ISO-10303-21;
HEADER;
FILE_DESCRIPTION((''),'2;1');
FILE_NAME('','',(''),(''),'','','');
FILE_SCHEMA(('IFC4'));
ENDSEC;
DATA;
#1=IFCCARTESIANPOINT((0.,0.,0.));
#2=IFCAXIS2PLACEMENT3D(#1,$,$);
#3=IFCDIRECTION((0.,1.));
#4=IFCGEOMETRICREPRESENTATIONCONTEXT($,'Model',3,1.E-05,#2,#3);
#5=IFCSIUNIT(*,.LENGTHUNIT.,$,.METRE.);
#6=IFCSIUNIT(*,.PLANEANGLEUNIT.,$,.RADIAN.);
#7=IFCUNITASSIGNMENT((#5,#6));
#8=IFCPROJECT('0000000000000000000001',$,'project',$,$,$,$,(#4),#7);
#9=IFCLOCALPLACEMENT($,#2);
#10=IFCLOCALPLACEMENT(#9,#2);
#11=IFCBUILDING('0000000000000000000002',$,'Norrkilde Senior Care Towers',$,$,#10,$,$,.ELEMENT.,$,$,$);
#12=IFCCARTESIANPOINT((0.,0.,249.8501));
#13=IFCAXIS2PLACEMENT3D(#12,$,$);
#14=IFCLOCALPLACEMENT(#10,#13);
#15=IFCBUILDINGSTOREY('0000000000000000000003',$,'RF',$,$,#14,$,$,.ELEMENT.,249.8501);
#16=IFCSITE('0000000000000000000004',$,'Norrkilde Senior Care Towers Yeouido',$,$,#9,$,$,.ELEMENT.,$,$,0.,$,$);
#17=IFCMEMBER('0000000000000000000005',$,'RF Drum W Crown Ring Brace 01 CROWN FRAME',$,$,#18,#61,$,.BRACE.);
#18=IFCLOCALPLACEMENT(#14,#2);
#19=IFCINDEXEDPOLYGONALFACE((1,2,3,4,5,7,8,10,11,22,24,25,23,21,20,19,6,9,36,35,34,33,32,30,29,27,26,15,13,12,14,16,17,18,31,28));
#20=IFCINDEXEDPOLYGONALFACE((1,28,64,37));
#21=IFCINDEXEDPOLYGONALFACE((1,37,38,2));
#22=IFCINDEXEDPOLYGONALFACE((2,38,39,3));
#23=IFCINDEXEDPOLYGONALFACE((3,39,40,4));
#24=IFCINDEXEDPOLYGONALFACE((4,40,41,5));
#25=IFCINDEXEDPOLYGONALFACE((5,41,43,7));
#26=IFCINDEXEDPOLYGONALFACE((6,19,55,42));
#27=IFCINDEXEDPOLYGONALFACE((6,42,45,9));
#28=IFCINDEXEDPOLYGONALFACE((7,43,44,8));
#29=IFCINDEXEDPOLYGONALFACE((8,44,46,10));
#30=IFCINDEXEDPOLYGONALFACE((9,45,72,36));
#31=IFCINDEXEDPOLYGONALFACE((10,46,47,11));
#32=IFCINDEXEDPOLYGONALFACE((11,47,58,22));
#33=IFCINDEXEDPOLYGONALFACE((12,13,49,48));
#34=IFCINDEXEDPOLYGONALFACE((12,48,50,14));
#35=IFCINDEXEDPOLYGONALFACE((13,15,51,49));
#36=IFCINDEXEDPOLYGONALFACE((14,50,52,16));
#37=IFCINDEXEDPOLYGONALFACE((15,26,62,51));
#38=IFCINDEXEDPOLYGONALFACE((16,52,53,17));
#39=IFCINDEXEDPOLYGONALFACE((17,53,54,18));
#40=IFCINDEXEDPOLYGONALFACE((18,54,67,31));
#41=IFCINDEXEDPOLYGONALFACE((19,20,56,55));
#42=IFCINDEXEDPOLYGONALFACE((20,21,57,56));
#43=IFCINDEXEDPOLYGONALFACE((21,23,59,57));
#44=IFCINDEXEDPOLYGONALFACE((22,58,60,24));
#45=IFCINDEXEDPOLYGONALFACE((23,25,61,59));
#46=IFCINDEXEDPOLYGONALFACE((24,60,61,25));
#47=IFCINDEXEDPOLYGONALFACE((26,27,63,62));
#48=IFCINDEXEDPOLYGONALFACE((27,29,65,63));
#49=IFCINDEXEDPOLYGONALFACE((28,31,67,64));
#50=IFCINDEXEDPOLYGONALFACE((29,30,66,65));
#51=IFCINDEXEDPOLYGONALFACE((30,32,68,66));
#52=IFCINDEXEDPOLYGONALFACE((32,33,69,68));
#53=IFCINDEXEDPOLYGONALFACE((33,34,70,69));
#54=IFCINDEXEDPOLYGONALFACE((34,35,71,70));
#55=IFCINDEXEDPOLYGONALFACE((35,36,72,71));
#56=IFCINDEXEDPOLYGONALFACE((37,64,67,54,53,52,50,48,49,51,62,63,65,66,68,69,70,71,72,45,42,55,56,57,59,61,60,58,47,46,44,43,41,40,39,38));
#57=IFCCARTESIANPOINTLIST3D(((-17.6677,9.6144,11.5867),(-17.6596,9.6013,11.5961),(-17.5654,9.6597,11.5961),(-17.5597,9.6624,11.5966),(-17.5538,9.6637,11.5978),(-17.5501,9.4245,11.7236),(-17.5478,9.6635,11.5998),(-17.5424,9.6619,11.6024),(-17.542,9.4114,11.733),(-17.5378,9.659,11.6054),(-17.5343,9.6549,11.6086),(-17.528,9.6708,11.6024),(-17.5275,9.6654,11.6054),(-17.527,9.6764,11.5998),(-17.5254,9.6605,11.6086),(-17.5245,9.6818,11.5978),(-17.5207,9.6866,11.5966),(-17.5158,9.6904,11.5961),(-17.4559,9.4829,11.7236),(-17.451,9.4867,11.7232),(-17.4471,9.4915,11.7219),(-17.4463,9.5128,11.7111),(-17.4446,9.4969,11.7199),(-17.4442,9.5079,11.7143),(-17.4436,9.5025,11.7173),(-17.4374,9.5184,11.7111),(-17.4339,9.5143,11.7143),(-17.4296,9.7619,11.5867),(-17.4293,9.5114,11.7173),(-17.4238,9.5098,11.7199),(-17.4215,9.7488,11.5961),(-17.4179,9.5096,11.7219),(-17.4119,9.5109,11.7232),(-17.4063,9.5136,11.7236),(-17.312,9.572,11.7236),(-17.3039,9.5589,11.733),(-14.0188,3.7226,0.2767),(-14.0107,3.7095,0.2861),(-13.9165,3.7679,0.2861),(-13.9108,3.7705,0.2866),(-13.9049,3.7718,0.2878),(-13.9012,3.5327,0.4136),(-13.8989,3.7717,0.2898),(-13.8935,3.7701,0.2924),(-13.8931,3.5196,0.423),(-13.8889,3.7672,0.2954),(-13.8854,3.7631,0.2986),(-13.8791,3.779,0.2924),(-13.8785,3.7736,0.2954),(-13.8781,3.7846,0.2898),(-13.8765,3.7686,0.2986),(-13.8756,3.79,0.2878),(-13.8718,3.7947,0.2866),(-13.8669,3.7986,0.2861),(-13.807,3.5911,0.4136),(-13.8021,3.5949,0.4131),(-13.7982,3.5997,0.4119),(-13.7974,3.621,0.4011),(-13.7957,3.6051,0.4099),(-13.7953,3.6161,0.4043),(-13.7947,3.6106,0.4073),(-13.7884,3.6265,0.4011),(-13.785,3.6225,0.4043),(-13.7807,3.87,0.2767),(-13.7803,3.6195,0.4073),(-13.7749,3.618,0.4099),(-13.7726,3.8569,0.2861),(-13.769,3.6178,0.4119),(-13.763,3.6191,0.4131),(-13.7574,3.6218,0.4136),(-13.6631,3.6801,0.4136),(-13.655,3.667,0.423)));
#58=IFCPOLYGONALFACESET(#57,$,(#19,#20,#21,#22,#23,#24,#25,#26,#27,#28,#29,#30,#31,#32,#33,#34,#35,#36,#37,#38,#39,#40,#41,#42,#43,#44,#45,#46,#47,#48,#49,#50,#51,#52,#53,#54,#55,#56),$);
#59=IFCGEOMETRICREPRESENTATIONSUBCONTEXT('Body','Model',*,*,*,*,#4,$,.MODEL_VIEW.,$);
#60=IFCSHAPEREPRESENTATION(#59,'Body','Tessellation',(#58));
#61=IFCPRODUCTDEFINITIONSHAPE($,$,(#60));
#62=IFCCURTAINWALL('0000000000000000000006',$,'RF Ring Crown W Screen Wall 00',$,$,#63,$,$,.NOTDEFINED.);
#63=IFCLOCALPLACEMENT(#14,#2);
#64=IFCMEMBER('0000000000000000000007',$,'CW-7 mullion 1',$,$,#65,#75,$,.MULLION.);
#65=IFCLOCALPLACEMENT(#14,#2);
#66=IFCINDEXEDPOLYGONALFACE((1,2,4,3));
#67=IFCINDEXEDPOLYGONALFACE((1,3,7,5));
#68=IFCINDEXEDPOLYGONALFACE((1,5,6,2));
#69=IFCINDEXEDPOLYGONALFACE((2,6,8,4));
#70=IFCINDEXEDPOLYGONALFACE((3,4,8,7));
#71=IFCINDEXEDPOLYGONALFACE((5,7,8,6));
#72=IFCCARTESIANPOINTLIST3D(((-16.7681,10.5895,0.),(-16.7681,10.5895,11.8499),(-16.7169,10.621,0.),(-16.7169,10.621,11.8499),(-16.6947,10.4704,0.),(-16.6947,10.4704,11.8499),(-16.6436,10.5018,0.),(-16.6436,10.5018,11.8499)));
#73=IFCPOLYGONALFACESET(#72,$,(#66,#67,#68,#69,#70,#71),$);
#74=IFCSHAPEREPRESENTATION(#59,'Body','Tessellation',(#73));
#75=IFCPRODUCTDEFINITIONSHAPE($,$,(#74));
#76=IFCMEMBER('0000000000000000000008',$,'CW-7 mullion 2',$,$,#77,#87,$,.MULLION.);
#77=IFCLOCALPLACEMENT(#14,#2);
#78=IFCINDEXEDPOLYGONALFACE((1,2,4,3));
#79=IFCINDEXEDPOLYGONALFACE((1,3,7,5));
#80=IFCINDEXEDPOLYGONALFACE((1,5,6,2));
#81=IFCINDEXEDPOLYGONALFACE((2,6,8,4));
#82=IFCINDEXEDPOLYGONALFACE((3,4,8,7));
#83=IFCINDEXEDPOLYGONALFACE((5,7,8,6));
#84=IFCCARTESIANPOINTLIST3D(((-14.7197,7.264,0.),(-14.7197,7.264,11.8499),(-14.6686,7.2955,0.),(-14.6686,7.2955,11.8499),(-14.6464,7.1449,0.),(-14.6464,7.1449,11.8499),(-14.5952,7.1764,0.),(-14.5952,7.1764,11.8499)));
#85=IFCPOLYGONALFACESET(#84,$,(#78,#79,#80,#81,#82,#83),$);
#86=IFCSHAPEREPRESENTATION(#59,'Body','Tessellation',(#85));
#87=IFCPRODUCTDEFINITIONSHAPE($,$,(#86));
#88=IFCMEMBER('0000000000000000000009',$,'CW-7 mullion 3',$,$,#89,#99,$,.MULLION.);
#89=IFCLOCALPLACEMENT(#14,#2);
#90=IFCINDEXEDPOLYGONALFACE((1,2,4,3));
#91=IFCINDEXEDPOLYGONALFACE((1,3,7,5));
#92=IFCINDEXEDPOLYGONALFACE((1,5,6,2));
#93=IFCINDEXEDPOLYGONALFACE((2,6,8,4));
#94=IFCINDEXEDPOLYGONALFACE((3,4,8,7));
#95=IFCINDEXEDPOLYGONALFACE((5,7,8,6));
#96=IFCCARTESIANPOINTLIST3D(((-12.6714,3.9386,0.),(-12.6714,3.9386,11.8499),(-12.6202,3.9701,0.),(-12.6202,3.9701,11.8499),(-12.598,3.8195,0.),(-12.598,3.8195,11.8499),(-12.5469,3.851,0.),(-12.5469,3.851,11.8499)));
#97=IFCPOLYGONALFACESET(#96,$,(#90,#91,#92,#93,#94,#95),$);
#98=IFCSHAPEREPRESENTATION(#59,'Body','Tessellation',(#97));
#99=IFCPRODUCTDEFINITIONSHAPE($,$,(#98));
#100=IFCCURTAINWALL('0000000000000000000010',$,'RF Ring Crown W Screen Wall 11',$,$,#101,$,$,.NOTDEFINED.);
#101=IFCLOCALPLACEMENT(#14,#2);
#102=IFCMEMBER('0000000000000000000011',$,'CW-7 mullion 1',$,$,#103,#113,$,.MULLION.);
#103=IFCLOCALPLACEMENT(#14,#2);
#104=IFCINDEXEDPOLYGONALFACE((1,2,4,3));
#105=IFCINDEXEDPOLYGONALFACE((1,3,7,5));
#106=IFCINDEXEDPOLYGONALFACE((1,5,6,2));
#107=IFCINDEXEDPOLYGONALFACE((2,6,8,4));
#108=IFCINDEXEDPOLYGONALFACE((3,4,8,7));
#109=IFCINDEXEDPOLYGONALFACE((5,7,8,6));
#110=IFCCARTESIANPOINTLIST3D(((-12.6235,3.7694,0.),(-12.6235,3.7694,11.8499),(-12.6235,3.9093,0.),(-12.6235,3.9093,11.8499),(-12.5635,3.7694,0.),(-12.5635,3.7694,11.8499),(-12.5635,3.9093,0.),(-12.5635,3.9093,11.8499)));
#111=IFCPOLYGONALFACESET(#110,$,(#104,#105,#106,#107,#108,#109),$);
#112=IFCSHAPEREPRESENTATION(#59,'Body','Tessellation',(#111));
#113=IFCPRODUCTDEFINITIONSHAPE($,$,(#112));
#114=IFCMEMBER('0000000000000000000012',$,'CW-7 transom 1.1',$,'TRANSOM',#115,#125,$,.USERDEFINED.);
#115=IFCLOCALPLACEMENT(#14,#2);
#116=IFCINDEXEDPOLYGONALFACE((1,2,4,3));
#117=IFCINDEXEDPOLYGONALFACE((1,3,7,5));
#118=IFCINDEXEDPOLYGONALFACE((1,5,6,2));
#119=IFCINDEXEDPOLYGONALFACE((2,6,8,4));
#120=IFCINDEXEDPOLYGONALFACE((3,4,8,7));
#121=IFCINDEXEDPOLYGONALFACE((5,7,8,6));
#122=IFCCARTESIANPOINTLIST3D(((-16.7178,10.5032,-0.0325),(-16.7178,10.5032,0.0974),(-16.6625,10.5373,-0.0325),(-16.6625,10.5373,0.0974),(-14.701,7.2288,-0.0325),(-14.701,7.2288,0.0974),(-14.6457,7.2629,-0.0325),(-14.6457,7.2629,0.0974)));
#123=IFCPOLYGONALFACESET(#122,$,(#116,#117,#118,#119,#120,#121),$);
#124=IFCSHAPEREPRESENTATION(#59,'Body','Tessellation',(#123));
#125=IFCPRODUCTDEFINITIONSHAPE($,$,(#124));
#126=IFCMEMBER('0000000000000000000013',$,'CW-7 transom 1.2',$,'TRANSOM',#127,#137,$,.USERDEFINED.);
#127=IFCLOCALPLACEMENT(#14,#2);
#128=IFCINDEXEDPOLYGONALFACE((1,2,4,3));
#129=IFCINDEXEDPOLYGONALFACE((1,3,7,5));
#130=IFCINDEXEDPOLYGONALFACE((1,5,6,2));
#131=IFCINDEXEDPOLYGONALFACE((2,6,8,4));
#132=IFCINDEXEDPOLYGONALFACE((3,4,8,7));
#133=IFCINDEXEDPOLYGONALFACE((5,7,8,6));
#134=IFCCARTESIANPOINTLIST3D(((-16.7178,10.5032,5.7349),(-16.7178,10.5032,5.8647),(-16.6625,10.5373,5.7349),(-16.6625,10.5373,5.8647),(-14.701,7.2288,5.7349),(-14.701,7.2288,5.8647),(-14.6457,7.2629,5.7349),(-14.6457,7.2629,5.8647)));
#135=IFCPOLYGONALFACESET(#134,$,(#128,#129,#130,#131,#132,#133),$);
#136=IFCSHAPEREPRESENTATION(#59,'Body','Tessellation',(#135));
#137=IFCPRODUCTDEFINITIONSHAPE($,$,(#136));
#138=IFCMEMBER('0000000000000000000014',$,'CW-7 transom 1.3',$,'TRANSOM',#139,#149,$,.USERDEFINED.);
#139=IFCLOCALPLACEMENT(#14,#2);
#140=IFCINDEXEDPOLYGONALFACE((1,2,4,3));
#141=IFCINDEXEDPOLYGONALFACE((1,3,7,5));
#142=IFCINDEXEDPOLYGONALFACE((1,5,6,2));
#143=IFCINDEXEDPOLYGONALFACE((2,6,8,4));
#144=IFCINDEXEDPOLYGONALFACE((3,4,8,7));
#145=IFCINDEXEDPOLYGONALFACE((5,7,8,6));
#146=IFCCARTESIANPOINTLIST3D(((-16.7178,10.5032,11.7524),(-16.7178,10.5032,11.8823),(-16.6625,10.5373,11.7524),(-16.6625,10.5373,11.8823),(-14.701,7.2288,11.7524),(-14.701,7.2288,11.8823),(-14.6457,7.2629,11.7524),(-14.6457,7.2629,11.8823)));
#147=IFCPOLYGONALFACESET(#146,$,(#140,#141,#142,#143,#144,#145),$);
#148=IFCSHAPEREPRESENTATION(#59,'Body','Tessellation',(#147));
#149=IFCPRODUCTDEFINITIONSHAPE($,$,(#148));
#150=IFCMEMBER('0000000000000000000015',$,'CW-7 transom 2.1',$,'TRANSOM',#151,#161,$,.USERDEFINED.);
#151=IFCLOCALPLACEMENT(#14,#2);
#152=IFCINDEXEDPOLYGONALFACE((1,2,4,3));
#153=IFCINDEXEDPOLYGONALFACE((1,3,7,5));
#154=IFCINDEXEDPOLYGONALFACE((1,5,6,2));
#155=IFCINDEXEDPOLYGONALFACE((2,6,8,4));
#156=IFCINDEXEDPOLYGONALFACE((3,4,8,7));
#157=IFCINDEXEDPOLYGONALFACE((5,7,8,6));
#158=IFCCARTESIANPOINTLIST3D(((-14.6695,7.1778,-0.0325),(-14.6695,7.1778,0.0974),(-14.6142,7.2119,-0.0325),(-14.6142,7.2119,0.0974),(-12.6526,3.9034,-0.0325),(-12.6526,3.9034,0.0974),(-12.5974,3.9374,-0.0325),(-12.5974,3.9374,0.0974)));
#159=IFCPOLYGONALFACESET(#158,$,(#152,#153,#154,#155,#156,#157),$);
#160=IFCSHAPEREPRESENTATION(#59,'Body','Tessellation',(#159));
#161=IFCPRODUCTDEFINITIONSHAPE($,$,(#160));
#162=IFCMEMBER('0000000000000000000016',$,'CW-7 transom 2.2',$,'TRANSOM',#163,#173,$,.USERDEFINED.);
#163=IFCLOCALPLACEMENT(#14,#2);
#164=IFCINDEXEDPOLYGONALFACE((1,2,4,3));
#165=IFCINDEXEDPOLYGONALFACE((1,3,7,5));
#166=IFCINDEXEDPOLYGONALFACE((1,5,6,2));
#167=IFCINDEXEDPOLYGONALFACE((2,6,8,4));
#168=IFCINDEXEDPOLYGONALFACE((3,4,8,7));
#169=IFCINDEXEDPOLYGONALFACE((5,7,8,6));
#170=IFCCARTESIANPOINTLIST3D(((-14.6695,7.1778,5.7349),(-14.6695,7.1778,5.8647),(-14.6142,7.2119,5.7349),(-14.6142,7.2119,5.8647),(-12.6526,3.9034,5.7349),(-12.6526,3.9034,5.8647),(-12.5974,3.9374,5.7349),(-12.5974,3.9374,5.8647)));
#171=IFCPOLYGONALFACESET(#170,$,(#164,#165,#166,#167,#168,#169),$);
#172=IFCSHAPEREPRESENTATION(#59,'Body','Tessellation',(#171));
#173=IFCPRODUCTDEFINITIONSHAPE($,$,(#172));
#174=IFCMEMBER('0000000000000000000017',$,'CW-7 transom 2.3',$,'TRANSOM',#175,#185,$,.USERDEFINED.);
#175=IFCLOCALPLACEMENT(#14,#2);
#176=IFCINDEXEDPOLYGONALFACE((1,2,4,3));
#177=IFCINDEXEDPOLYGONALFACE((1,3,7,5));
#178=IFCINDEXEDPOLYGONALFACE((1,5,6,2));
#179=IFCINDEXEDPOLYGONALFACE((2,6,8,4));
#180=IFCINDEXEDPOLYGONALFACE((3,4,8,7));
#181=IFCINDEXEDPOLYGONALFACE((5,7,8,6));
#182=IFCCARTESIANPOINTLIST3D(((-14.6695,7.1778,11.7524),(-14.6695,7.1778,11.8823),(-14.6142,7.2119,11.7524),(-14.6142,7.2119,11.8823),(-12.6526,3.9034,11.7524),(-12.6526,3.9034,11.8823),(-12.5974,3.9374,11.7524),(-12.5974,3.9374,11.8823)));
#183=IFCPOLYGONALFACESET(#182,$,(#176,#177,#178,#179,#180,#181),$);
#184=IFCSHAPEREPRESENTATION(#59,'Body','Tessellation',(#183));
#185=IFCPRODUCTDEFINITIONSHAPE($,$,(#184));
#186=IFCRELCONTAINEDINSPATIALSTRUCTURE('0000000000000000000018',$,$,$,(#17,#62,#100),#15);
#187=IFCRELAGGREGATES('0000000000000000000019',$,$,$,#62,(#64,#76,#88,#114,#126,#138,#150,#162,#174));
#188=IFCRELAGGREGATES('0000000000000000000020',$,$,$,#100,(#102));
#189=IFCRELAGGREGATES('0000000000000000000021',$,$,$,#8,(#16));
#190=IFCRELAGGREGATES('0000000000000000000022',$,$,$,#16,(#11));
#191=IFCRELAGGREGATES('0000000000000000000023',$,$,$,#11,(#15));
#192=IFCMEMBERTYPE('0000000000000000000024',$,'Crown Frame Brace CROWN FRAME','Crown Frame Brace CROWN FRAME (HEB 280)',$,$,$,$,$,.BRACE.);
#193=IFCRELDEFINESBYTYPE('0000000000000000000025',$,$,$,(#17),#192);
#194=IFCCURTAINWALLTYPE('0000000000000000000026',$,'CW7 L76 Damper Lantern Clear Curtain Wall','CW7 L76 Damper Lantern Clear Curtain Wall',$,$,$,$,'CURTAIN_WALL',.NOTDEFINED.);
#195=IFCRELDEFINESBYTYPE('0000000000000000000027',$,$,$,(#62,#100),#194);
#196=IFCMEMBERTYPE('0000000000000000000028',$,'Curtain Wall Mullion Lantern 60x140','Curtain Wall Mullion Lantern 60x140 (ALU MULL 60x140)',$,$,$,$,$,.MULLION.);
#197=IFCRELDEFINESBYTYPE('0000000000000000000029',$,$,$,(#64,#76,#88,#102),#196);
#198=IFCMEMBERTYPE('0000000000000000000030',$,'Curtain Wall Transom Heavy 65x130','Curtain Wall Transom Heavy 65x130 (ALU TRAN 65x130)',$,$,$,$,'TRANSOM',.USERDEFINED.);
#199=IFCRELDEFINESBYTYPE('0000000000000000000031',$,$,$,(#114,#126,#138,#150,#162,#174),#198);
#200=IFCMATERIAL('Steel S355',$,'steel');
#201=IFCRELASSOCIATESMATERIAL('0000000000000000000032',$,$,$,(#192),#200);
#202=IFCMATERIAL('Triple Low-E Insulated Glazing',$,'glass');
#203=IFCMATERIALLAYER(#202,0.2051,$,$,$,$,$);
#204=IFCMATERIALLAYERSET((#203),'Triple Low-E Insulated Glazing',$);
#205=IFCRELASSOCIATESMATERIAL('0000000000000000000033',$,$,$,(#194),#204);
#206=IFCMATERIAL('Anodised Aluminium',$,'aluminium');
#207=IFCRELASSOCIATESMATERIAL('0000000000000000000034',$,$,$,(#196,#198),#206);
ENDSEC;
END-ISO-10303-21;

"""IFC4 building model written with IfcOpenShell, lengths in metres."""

from ifc_helpers import new_model, si_unit, direction, frame, origin, origin_2d, place, context, subcontext, project, spatial, rectangle, i_section, extrude, source, transform, mapped, material, layer, layer_set, material_profile, profile_set, type_object, type_shapes, element, aggregate, save


model = new_model("IFC4")

# Units and contexts
model_context = context("Model", 3, precision=1e-05, world=origin(), true_north=direction((0.0, 1.0)))
body_context = subcontext(model_context, "Body", "Model", "MODEL_VIEW")
ifc_project = project(units=[si_unit("LENGTHUNIT", "METRE"), si_unit("PLANEANGLEUNIT", "RADIAN")], contexts=[model_context])

# Site, building, storey
site_placement = place(None, origin())
site = spatial("IfcSite", under=ifc_project, at=site_placement, Name="Norrkilde Senior Care Towers Yeouido", CompositionType="ELEMENT", RefElevation=0.0)
building_placement = place(site_placement, origin())
building = spatial("IfcBuilding", under=site, at=building_placement, Name="Norrkilde Senior Care Towers", CompositionType="ELEMENT")
storey_placement = place(building_placement, frame((0.0, 0.0, 249.8501)))
storey = spatial("IfcBuildingStorey", under=building, at=storey_placement, Name="RF", CompositionType="ELEMENT", Elevation=249.8501)

# Shared definitions
ifc_material_1 = material(Name="Steel S355", Category="steel")

# Member
ifc_material_profile_1 = material_profile(ifc_material_1, i_section(OverallWidth=0.28, OverallDepth=0.28, WebThickness=0.0105, FlangeThickness=0.0181, FilletRadius=0.0239, at=origin_2d()), Name="HEB 280")
ifc_profile_set_1 = profile_set([ifc_material_profile_1], Name="Steel S355")
member_type_1 = type_object("IfcMemberType", Name="Crown Frame Brace CROWN FRAME", Description="Crown Frame Brace CROWN FRAME (HEB 280)", PredefinedType="BRACE", material=ifc_profile_set_1)
shared_shape_1 = source(origin(), body_context, "Body", "SweptSolid", [
    extrude(i_section(OverallWidth=0.28, OverallDepth=0.28, WebThickness=0.0105, FlangeThickness=0.0181, FilletRadius=0.0239, at=origin_2d()), origin(), (0.0, 0.0, 1.0), 13.2644),
])
type_shapes(member_type_1, [shared_shape_1])
member_1_placement = place(storey_placement, frame((-13.8369, 3.6948, 0.3499), z_axis=(-0.27509, 0.444183, 0.852659), x_axis=(-0.850162, -0.526521, 0.0)))
element("IfcMember", 1, at=member_1_placement, inside=storey, type_object=member_type_1, Name="RF Drum W Crown Ring Brace 01 CROWN FRAME", PredefinedType="BRACE", context=body_context, shape_type="MappedRepresentation", body=[
    mapped(shared_shape_1, transform((0.0, 0.0, 0.0), x_axis=(1.0, 0.0, 0.0), y_axis=(0.0, 1.0, 0.0), z_axis=(0.0, 0.0, 1.0), scale=1.0)),
])

# Curtain wall, members
ifc_material_2 = material(Name="Triple Low-E Insulated Glazing", Category="glass")
ifc_layer_1 = layer(ifc_material_2, 0.2051)
ifc_layer_set_1 = layer_set([ifc_layer_1], Name="Triple Low-E Insulated Glazing")
curtain_wall_type = type_object("IfcCurtainWallType", Name="CW7 L76 Damper Lantern Clear Curtain Wall", Description="CW7 L76 Damper Lantern Clear Curtain Wall", ElementType="CURTAIN_WALL", PredefinedType="NOTDEFINED", material=ifc_layer_set_1)
curtain_wall_1_placement = place(storey_placement, origin())
curtain_wall_1 = element("IfcCurtainWall", 2, at=curtain_wall_1_placement, inside=storey, type_object=curtain_wall_type, Name="RF Ring Crown W Screen Wall 00", PredefinedType="NOTDEFINED")
ifc_material_3 = material(Name="Anodised Aluminium", Category="aluminium")
ifc_material_profile_2 = material_profile(ifc_material_3, rectangle(XDim=0.0601, YDim=0.1399, at=origin_2d()), Name="ALU MULL 60x140")
ifc_profile_set_2 = profile_set([ifc_material_profile_2], Name="Anodised Aluminium")
member_type_2 = type_object("IfcMemberType", Name="Curtain Wall Mullion Lantern 60x140", Description="Curtain Wall Mullion Lantern 60x140 (ALU MULL 60x140)", PredefinedType="MULLION", material=ifc_profile_set_2)
shared_shape_2 = source(origin(), body_context, "Body", "SweptSolid", [
    extrude(rectangle(XDim=0.0601, YDim=0.1399, at=origin_2d()), origin(), (0.0, 0.0, 1.0), 11.8499),
])
type_shapes(member_type_2, [shared_shape_2])
member_2_placement = place(storey_placement, frame((-16.7058, 10.5457, 0.0), z_axis=(0.0, 0.0, 1.0), x_axis=(0.851436, 0.524458, 0.0)))
member_2 = element("IfcMember", 3, at=member_2_placement, type_object=member_type_2, Name="CW-7 mullion 1", PredefinedType="MULLION", context=body_context, shape_type="MappedRepresentation", body=[
    mapped(shared_shape_2, transform((0.0, 0.0, 0.0), x_axis=(1.0, 0.0, 0.0), y_axis=(0.0, 1.0, 0.0), z_axis=(0.0, 0.0, 1.0), scale=1.0)),
])
member_3_placement = place(storey_placement, frame((-14.6575, 7.2202, 0.0), z_axis=(0.0, 0.0, 1.0), x_axis=(0.851436, 0.524458, 0.0)))
member_3 = element("IfcMember", 4, at=member_3_placement, type_object=member_type_2, Name="CW-7 mullion 2", PredefinedType="MULLION", context=body_context, shape_type="MappedRepresentation", body=[
    mapped(shared_shape_2, transform((0.0, 0.0, 0.0), x_axis=(1.0, 0.0, 0.0), y_axis=(0.0, 1.0, 0.0), z_axis=(0.0, 0.0, 1.0), scale=1.0)),
])
member_4_placement = place(storey_placement, frame((-12.6091, 3.8948, 0.0), z_axis=(0.0, 0.0, 1.0), x_axis=(0.851436, 0.524458, 0.0)))
member_4 = element("IfcMember", 5, at=member_4_placement, type_object=member_type_2, Name="CW-7 mullion 3", PredefinedType="MULLION", context=body_context, shape_type="MappedRepresentation", body=[
    mapped(shared_shape_2, transform((0.0, 0.0, 0.0), x_axis=(1.0, 0.0, 0.0), y_axis=(0.0, 1.0, 0.0), z_axis=(0.0, 0.0, 1.0), scale=1.0)),
])

# Curtain wall, member
curtain_wall_2_placement = place(storey_placement, origin())
curtain_wall_2 = element("IfcCurtainWall", 6, at=curtain_wall_2_placement, inside=storey, type_object=curtain_wall_type, Name="RF Ring Crown W Screen Wall 11", PredefinedType="NOTDEFINED")
member_5_placement = place(storey_placement, frame((-12.5935, 3.8394, 0.0), z_axis=(0.0, 0.0, 1.0), x_axis=(1.0, 0.0, 0.0)))
member_5 = element("IfcMember", 7, at=member_5_placement, type_object=member_type_2, Name="CW-7 mullion 1", PredefinedType="MULLION", context=body_context, shape_type="MappedRepresentation", body=[
    mapped(shared_shape_2, transform((0.0, 0.0, 0.0), x_axis=(1.0, 0.0, 0.0), y_axis=(0.0, 1.0, 0.0), z_axis=(0.0, 0.0, 1.0), scale=1.0)),
])

# Members
ifc_material_profile_3 = material_profile(ifc_material_3, rectangle(XDim=0.0649, YDim=0.1299, at=origin_2d()), Name="ALU TRAN 65x130")
ifc_profile_set_3 = profile_set([ifc_material_profile_3], Name="Anodised Aluminium")
member_type_3 = type_object("IfcMemberType", Name="Curtain Wall Transom Heavy 65x130", Description="Curtain Wall Transom Heavy 65x130 (ALU TRAN 65x130)", ElementType="TRANSOM", PredefinedType="USERDEFINED", material=ifc_profile_set_3)
shared_shape_3 = source(origin(), body_context, "Body", "SweptSolid", [
    extrude(rectangle(XDim=0.0649, YDim=0.1299, at=origin_2d()), origin(), (0.0, 0.0, 1.0), 3.8457),
])
member_6_placement = place(storey_placement, frame((-16.6902, 10.5203, 0.0325), z_axis=(0.524441, -0.851447, 0.0), x_axis=(0.851447, 0.524441, 0.0)))
member_6 = element("IfcMember", 8, at=member_6_placement, type_object=member_type_3, Name="CW-7 transom 1.1", ObjectType="TRANSOM", PredefinedType="USERDEFINED", context=body_context, shape_type="MappedRepresentation", body=[
    mapped(shared_shape_3, transform((0.0, 0.0, 0.0), x_axis=(1.0, 0.0, 0.0), y_axis=(0.0, 1.0, 0.0), z_axis=(0.0, 0.0, 1.0), scale=1.0)),
])
member_7_placement = place(storey_placement, frame((-16.6902, 10.5203, 5.7998), z_axis=(0.524441, -0.851447, 0.0), x_axis=(0.851447, 0.524441, 0.0)))
member_7 = element("IfcMember", 9, at=member_7_placement, type_object=member_type_3, Name="CW-7 transom 1.2", ObjectType="TRANSOM", PredefinedType="USERDEFINED", context=body_context, shape_type="MappedRepresentation", body=[
    mapped(shared_shape_3, transform((0.0, 0.0, 0.0), x_axis=(1.0, 0.0, 0.0), y_axis=(0.0, 1.0, 0.0), z_axis=(0.0, 0.0, 1.0), scale=1.0)),
])
member_8_placement = place(storey_placement, frame((-16.6902, 10.5203, 11.8174), z_axis=(0.524441, -0.851447, 0.0), x_axis=(0.851447, 0.524441, 0.0)))
member_8 = element("IfcMember", 10, at=member_8_placement, type_object=member_type_3, Name="CW-7 transom 1.3", ObjectType="TRANSOM", PredefinedType="USERDEFINED", context=body_context, shape_type="MappedRepresentation", body=[
    mapped(shared_shape_3, transform((0.0, 0.0, 0.0), x_axis=(1.0, 0.0, 0.0), y_axis=(0.0, 1.0, 0.0), z_axis=(0.0, 0.0, 1.0), scale=1.0)),
])
member_9_placement = place(storey_placement, frame((-14.6418, 7.1948, 0.0325), z_axis=(0.524441, -0.851447, 0.0), x_axis=(0.851447, 0.524441, 0.0)))
member_9 = element("IfcMember", 11, at=member_9_placement, type_object=member_type_3, Name="CW-7 transom 2.1", ObjectType="TRANSOM", PredefinedType="USERDEFINED", context=body_context, shape_type="MappedRepresentation", body=[
    mapped(shared_shape_3, transform((0.0, 0.0, 0.0), x_axis=(1.0, 0.0, 0.0), y_axis=(0.0, 1.0, 0.0), z_axis=(0.0, 0.0, 1.0), scale=1.0)),
])
member_10_placement = place(storey_placement, frame((-14.6418, 7.1948, 5.7998), z_axis=(0.524441, -0.851447, 0.0), x_axis=(0.851447, 0.524441, 0.0)))
member_10 = element("IfcMember", 12, at=member_10_placement, type_object=member_type_3, Name="CW-7 transom 2.2", ObjectType="TRANSOM", PredefinedType="USERDEFINED", context=body_context, shape_type="MappedRepresentation", body=[
    mapped(shared_shape_3, transform((0.0, 0.0, 0.0), x_axis=(1.0, 0.0, 0.0), y_axis=(0.0, 1.0, 0.0), z_axis=(0.0, 0.0, 1.0), scale=1.0)),
])
member_11_placement = place(storey_placement, frame((-14.6418, 7.1948, 11.8174), z_axis=(0.524441, -0.851447, 0.0), x_axis=(0.851447, 0.524441, 0.0)))
member_11 = element("IfcMember", 13, at=member_11_placement, type_object=member_type_3, Name="CW-7 transom 2.3", ObjectType="TRANSOM", PredefinedType="USERDEFINED", context=body_context, shape_type="MappedRepresentation", body=[
    mapped(shared_shape_3, transform((0.0, 0.0, 0.0), x_axis=(1.0, 0.0, 0.0), y_axis=(0.0, 1.0, 0.0), z_axis=(0.0, 0.0, 1.0), scale=1.0)),
])

aggregate(curtain_wall_1, [member_2, member_3, member_4, member_6, member_7, member_8, member_9, member_10, member_11])
aggregate(curtain_wall_2, [member_5])

save(model, "model.ifc")
